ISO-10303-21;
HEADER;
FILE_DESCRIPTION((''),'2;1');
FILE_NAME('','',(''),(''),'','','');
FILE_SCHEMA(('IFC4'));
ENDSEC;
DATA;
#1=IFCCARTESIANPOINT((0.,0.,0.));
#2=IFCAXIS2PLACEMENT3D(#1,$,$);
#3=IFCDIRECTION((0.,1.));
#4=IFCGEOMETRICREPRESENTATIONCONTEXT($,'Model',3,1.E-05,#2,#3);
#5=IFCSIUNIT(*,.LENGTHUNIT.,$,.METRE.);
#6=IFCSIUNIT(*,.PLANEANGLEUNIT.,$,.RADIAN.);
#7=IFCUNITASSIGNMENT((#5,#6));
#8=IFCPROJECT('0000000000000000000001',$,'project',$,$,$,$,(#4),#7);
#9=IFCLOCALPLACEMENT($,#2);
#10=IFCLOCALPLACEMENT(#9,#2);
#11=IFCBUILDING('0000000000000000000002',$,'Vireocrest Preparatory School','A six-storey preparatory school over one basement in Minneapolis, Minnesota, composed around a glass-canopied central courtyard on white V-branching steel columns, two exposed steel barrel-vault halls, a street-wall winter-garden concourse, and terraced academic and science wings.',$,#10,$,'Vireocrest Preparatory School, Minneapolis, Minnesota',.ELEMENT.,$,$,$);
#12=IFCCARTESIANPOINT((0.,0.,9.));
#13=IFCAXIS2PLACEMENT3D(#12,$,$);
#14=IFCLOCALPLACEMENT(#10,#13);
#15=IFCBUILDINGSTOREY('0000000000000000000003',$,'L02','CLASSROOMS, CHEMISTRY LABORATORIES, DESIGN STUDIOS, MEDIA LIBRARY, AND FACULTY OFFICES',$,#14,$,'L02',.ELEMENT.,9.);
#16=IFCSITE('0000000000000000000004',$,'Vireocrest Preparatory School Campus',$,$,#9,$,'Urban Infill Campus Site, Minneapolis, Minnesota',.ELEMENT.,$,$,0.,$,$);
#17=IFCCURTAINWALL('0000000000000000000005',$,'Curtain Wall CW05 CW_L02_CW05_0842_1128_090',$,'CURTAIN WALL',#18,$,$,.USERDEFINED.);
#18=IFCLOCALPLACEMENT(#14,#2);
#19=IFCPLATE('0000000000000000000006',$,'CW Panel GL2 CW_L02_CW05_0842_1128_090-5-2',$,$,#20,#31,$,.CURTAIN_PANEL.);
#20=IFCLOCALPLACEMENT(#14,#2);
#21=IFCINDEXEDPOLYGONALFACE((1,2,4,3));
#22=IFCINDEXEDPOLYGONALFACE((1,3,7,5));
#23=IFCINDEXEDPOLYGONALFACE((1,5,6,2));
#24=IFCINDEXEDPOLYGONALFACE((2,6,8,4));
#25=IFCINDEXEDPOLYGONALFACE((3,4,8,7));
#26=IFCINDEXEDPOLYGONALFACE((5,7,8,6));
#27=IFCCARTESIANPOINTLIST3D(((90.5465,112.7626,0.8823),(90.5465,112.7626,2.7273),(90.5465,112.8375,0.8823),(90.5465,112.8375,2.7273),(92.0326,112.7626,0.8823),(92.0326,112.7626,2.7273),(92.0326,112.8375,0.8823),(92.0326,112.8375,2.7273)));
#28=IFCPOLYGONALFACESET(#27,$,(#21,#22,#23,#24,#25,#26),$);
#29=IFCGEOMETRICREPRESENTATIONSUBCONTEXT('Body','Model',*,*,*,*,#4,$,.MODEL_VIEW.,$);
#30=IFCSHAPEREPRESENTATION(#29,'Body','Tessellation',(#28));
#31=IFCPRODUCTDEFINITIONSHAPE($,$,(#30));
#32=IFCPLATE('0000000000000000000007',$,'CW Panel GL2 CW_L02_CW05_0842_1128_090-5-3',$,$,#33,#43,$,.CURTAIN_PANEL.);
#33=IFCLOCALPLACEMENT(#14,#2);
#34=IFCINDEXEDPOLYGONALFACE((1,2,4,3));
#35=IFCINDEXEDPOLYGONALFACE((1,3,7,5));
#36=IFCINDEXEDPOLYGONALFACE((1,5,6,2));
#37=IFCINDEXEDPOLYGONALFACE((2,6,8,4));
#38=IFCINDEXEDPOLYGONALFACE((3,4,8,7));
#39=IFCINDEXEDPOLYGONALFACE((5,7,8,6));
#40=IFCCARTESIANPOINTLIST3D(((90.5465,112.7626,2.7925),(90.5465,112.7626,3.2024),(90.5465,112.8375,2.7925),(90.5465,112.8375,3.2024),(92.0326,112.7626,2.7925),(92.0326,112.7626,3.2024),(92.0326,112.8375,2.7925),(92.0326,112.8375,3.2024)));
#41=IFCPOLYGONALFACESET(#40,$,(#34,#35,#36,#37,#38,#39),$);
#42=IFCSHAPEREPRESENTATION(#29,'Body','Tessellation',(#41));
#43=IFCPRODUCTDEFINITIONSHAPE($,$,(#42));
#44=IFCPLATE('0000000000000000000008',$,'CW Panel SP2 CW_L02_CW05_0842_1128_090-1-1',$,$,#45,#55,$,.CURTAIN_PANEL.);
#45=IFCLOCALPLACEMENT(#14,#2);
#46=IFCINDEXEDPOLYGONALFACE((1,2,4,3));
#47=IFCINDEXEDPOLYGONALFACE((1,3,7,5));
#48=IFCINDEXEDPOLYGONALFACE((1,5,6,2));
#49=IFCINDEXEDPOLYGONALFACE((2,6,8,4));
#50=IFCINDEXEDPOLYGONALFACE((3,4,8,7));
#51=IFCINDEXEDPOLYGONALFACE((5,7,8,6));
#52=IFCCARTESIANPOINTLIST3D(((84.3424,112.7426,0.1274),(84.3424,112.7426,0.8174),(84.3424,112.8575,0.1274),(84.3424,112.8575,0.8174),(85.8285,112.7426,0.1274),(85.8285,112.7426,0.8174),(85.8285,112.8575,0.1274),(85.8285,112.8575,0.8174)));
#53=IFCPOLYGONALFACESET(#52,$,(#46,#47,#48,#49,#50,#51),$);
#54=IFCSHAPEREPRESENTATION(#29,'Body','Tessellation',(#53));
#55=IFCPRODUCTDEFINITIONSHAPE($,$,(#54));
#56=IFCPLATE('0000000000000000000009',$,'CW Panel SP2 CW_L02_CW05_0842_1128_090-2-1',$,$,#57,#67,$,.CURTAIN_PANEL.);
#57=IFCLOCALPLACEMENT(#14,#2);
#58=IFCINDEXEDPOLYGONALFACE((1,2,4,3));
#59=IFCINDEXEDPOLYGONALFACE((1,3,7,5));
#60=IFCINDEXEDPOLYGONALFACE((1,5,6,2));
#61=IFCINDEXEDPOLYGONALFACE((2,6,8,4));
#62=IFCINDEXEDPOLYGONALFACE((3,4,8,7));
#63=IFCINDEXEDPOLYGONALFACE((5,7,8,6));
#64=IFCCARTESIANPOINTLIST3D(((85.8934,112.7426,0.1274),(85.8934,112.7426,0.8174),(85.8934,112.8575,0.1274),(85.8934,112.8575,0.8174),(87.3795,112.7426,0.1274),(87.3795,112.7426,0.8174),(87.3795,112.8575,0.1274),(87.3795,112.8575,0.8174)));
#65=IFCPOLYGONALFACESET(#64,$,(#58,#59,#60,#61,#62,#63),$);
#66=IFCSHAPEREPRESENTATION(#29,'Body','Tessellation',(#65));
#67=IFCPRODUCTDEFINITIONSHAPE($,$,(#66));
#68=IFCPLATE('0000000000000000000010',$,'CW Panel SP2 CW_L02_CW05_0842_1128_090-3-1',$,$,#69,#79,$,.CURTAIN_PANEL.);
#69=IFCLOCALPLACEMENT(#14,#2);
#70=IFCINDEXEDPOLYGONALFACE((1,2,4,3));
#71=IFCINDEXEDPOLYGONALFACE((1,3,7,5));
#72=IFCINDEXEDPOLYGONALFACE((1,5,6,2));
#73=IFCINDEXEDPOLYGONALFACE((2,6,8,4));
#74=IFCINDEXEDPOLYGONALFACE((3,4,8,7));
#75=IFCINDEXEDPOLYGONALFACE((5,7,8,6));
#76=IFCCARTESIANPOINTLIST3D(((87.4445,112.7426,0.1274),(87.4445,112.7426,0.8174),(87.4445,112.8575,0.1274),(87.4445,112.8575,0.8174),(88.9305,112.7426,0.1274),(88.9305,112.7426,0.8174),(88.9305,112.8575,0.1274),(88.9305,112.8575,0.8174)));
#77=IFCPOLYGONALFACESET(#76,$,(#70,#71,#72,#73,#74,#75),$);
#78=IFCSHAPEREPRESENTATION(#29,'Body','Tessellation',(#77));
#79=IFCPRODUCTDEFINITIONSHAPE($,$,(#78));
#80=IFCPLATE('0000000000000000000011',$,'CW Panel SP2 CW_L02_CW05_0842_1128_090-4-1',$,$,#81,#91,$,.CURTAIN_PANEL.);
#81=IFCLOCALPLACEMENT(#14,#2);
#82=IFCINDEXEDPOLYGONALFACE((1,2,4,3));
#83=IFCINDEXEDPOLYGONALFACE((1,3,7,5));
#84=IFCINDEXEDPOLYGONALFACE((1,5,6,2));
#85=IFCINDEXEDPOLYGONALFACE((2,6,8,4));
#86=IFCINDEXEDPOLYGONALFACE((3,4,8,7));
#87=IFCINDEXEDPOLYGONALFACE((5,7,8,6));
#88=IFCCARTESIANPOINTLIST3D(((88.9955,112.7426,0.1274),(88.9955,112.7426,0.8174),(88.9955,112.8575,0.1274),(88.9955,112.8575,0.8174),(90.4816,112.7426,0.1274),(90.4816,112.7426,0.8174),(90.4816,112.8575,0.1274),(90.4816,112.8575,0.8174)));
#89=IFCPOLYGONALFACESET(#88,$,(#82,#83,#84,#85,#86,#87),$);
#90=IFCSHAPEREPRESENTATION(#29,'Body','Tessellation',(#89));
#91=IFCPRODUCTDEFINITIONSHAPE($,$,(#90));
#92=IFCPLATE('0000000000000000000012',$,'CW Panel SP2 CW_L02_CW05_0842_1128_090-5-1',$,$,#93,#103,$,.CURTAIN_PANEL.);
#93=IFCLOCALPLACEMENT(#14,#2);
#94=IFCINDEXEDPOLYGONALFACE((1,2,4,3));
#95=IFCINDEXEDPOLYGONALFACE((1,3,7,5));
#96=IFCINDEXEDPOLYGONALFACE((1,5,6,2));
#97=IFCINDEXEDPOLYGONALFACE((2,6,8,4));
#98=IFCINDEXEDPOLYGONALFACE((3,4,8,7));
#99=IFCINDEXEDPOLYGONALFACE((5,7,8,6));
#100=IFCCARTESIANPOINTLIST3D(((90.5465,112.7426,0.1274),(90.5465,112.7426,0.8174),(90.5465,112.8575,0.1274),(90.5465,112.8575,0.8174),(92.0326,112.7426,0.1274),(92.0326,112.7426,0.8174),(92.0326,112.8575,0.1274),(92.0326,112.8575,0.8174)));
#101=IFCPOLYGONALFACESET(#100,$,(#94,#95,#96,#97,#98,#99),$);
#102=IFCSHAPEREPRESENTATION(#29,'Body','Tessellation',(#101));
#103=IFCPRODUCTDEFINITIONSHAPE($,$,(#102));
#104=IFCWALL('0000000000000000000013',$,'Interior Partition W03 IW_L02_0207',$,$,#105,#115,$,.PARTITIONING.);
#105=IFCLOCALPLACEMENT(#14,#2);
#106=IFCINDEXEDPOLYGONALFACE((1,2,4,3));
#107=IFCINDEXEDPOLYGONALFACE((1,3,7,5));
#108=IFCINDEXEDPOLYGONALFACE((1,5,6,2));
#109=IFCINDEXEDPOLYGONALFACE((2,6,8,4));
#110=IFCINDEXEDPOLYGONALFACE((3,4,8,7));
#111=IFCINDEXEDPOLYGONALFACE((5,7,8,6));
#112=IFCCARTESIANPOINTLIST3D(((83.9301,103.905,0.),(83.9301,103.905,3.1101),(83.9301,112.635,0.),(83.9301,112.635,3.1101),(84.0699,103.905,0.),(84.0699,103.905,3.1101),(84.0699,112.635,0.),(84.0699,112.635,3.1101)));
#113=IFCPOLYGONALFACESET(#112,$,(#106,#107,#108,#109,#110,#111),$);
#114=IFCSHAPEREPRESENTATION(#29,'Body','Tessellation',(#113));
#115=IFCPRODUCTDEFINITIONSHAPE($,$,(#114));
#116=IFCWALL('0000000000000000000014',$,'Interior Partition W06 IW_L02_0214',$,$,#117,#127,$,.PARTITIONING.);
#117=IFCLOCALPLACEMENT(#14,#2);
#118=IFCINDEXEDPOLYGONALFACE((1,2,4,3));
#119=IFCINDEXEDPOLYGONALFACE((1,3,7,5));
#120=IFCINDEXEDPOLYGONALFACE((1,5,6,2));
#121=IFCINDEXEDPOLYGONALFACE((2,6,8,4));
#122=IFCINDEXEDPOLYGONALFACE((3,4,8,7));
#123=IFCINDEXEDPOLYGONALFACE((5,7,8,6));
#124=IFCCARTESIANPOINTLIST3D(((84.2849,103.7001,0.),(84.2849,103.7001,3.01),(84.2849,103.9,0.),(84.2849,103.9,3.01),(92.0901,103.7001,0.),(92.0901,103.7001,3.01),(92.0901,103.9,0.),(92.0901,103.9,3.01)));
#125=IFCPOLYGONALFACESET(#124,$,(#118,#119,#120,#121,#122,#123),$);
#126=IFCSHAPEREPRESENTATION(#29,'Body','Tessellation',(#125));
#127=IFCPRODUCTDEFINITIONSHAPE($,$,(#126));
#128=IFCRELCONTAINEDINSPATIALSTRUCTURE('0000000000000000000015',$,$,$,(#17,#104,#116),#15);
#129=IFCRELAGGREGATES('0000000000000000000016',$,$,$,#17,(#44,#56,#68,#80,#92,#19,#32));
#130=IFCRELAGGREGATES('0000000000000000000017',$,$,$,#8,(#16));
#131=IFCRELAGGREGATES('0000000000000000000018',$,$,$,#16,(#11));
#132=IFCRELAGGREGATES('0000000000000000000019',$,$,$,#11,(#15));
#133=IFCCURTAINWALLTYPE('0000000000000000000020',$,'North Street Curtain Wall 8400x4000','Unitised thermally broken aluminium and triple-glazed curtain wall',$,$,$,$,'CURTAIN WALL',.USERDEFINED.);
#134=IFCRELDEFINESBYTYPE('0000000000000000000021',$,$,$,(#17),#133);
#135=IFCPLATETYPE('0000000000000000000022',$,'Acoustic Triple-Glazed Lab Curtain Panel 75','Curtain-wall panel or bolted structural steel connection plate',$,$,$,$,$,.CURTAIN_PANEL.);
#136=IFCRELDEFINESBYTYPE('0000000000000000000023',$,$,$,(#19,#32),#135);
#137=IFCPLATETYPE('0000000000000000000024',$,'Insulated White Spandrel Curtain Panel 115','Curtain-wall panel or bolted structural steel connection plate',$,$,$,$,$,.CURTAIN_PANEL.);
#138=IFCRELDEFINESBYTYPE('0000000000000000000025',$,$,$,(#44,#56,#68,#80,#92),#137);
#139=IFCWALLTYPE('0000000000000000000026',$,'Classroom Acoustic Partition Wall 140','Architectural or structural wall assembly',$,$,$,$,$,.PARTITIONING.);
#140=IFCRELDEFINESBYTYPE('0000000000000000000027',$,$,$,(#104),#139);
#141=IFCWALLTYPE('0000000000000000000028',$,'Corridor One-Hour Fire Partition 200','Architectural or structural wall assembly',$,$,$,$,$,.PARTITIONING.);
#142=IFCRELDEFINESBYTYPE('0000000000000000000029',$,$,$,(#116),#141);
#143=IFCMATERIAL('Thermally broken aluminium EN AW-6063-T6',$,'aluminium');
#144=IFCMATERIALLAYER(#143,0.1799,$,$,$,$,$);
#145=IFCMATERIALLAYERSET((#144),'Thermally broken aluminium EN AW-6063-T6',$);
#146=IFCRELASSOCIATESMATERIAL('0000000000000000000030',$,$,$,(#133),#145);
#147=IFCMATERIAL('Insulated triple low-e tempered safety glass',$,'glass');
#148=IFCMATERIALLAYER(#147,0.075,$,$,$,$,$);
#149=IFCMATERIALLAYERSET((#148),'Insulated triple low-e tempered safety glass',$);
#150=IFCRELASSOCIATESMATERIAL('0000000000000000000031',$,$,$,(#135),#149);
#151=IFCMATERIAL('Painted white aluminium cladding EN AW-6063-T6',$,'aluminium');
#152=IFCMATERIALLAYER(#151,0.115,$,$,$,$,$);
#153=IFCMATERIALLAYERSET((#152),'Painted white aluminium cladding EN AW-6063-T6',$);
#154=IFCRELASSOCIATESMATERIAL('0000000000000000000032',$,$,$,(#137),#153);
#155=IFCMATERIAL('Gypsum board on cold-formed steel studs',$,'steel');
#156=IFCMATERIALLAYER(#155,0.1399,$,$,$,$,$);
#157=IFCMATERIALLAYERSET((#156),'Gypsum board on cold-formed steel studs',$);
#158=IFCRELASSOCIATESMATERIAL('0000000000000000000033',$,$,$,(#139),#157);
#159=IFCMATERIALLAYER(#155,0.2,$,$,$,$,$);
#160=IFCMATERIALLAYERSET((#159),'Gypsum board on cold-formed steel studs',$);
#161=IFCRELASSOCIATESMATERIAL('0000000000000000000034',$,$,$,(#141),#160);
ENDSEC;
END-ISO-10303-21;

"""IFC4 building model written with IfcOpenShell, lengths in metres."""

from ifc_helpers import new_model, si_unit, direction, frame, frame_2d, origin, origin_2d, place, context, subcontext, project, spatial, rectangle, extrude, material, layer, layer_set, type_object, element, aggregate, save


model = new_model("IFC4")

# Units and contexts
model_context = context("Model", 3, precision=1e-05, world=origin(), true_north=direction((0.0, 1.0)))
body_context = subcontext(model_context, "Body", "Model", "MODEL_VIEW")
ifc_project = project(units=[si_unit("LENGTHUNIT", "METRE"), si_unit("PLANEANGLEUNIT", "RADIAN")], contexts=[model_context])

# Site, building, storey
site_placement = place(None, origin())
site = spatial("IfcSite", under=ifc_project, at=site_placement, Name="Vireocrest Preparatory School Campus", LongName="Urban Infill Campus Site, Minneapolis, Minnesota", CompositionType="ELEMENT", RefElevation=0.0)
building_placement = place(site_placement, origin())
building = spatial("IfcBuilding", under=site, at=building_placement, Name="Vireocrest Preparatory School", Description="A six-storey preparatory school over one basement in Minneapolis, Minnesota, composed around a glass-canopied central courtyard on white V-branching steel columns, two exposed steel barrel-vault halls, a street-wall winter-garden concourse, and terraced academic and science wings.", LongName="Vireocrest Preparatory School, Minneapolis, Minnesota", CompositionType="ELEMENT")
storey_placement = place(building_placement, frame((0.0, 0.0, 9.0)))
storey = spatial("IfcBuildingStorey", under=building, at=storey_placement, Name="L02", Description="CLASSROOMS, CHEMISTRY LABORATORIES, DESIGN STUDIOS, MEDIA LIBRARY, AND FACULTY OFFICES", LongName="L02", CompositionType="ELEMENT", Elevation=9.0)

# Curtain wall
ifc_material_1 = material(Name="Thermally broken aluminium EN AW-6063-T6", Category="aluminium")
ifc_layer_1 = layer(ifc_material_1, 0.1799)
ifc_layer_set_1 = layer_set([ifc_layer_1], Name="Thermally broken aluminium EN AW-6063-T6")
curtain_wall_type = type_object("IfcCurtainWallType", Name="North Street Curtain Wall 8400x4000", Description="Unitised thermally broken aluminium and triple-glazed curtain wall", ElementType="CURTAIN WALL", PredefinedType="USERDEFINED", material=ifc_layer_set_1)
curtain_wall_placement = place(storey_placement, origin())
curtain_wall = element("IfcCurtainWall", 1, at=curtain_wall_placement, inside=storey, type_object=curtain_wall_type, Name="Curtain Wall CW05 CW_L02_CW05_0842_1128_090", ObjectType="CURTAIN WALL", PredefinedType="USERDEFINED")

# Plates
ifc_material_2 = material(Name="Insulated triple low-e tempered safety glass", Category="glass")
ifc_layer_2 = layer(ifc_material_2, 0.075)
ifc_layer_set_2 = layer_set([ifc_layer_2], Name="Insulated triple low-e tempered safety glass")
plate_type_1 = type_object("IfcPlateType", Name="Acoustic Triple-Glazed Lab Curtain Panel 75", Description="Curtain-wall panel or bolted structural steel connection plate", PredefinedType="CURTAIN_PANEL", material=ifc_layer_set_2)
plate_1_placement = place(storey_placement, frame((91.2896, 112.8, 0.8823), z_axis=(0.0, 0.0, 1.0), x_axis=(1.0, 0.0, 0.0)))
plate_1 = element("IfcPlate", 2, at=plate_1_placement, type_object=plate_type_1, Name="CW Panel GL2 CW_L02_CW05_0842_1128_090-5-2", PredefinedType="CURTAIN_PANEL", context=body_context, shape_type="SweptSolid", body=[
    extrude(rectangle(XDim=1.4861, YDim=0.075, at=origin_2d()), origin(), (0.0, 0.0, 1.0), 1.845),
])
plate_2_placement = place(storey_placement, frame((91.2896, 112.8, 2.7925), z_axis=(0.0, 0.0, 1.0), x_axis=(1.0, 0.0, 0.0)))
plate_2 = element("IfcPlate", 3, at=plate_2_placement, type_object=plate_type_1, Name="CW Panel GL2 CW_L02_CW05_0842_1128_090-5-3", PredefinedType="CURTAIN_PANEL", context=body_context, shape_type="SweptSolid", body=[
    extrude(rectangle(XDim=1.4861, YDim=0.075, at=origin_2d()), origin(), (0.0, 0.0, 1.0), 0.4099),
])
ifc_material_3 = material(Name="Painted white aluminium cladding EN AW-6063-T6", Category="aluminium")
ifc_layer_3 = layer(ifc_material_3, 0.115)
ifc_layer_set_3 = layer_set([ifc_layer_3], Name="Painted white aluminium cladding EN AW-6063-T6")
plate_type_2 = type_object("IfcPlateType", Name="Insulated White Spandrel Curtain Panel 115", Description="Curtain-wall panel or bolted structural steel connection plate", PredefinedType="CURTAIN_PANEL", material=ifc_layer_set_3)
plate_3_placement = place(storey_placement, frame((85.0854, 112.8, 0.1274), z_axis=(0.0, 0.0, 1.0), x_axis=(1.0, 0.0, 0.0)))
plate_3 = element("IfcPlate", 4, at=plate_3_placement, type_object=plate_type_2, Name="CW Panel SP2 CW_L02_CW05_0842_1128_090-1-1", PredefinedType="CURTAIN_PANEL", context=body_context, shape_type="SweptSolid", body=[
    extrude(rectangle(XDim=1.4861, YDim=0.115, at=origin_2d()), origin(), (0.0, 0.0, 1.0), 0.6899),
])
plate_4_placement = place(storey_placement, frame((86.6365, 112.8, 0.1274), z_axis=(0.0, 0.0, 1.0), x_axis=(1.0, 0.0, 0.0)))
plate_4 = element("IfcPlate", 5, at=plate_4_placement, type_object=plate_type_2, Name="CW Panel SP2 CW_L02_CW05_0842_1128_090-2-1", PredefinedType="CURTAIN_PANEL", context=body_context, shape_type="SweptSolid", body=[
    extrude(rectangle(XDim=1.4861, YDim=0.115, at=origin_2d()), origin(), (0.0, 0.0, 1.0), 0.6899),
])
plate_5_placement = place(storey_placement, frame((88.1875, 112.8, 0.1274), z_axis=(0.0, 0.0, 1.0), x_axis=(1.0, 0.0, 0.0)))
plate_5 = element("IfcPlate", 6, at=plate_5_placement, type_object=plate_type_2, Name="CW Panel SP2 CW_L02_CW05_0842_1128_090-3-1", PredefinedType="CURTAIN_PANEL", context=body_context, shape_type="SweptSolid", body=[
    extrude(rectangle(XDim=1.4861, YDim=0.115, at=origin_2d()), origin(), (0.0, 0.0, 1.0), 0.6899),
])
plate_6_placement = place(storey_placement, frame((89.7385, 112.8, 0.1274), z_axis=(0.0, 0.0, 1.0), x_axis=(1.0, 0.0, 0.0)))
plate_6 = element("IfcPlate", 7, at=plate_6_placement, type_object=plate_type_2, Name="CW Panel SP2 CW_L02_CW05_0842_1128_090-4-1", PredefinedType="CURTAIN_PANEL", context=body_context, shape_type="SweptSolid", body=[
    extrude(rectangle(XDim=1.4861, YDim=0.115, at=origin_2d()), origin(), (0.0, 0.0, 1.0), 0.6899),
])
plate_7_placement = place(storey_placement, frame((91.2896, 112.8, 0.1274), z_axis=(0.0, 0.0, 1.0), x_axis=(1.0, 0.0, 0.0)))
plate_7 = element("IfcPlate", 8, at=plate_7_placement, type_object=plate_type_2, Name="CW Panel SP2 CW_L02_CW05_0842_1128_090-5-1", PredefinedType="CURTAIN_PANEL", context=body_context, shape_type="SweptSolid", body=[
    extrude(rectangle(XDim=1.4861, YDim=0.115, at=origin_2d()), origin(), (0.0, 0.0, 1.0), 0.6899),
])
aggregate(curtain_wall, [plate_3, plate_4, plate_5, plate_6, plate_7, plate_1, plate_2])

# Walls
ifc_material_4 = material(Name="Gypsum board on cold-formed steel studs", Category="steel")
ifc_layer_4 = layer(ifc_material_4, 0.1399)
ifc_layer_set_4 = layer_set([ifc_layer_4], Name="Gypsum board on cold-formed steel studs")
wall_type_1 = type_object("IfcWallType", Name="Classroom Acoustic Partition Wall 140", Description="Architectural or structural wall assembly", PredefinedType="PARTITIONING", material=ifc_layer_set_4)
wall_1_placement = place(storey_placement, frame((84.0, 103.905, 0.0), z_axis=(0.0, 0.0, 1.0), x_axis=(0.0, 1.0, 0.0)))
element("IfcWall", 9, at=wall_1_placement, inside=storey, type_object=wall_type_1, Name="Interior Partition W03 IW_L02_0207", PredefinedType="PARTITIONING", context=body_context, shape_type="SweptSolid", body=[
    extrude(rectangle(XDim=8.73, YDim=0.1399, at=frame_2d((4.365, 0.0))), origin(), (0.0, 0.0, 1.0), 3.1101),
])
ifc_layer_5 = layer(ifc_material_4, 0.2)
ifc_layer_set_5 = layer_set([ifc_layer_5], Name="Gypsum board on cold-formed steel studs")
wall_type_2 = type_object("IfcWallType", Name="Corridor One-Hour Fire Partition 200", Description="Architectural or structural wall assembly", PredefinedType="PARTITIONING", material=ifc_layer_set_5)
wall_2_placement = place(storey_placement, frame((84.2849, 103.8, 0.0), z_axis=(0.0, 0.0, 1.0), x_axis=(1.0, 0.0, 0.0)))
element("IfcWall", 10, at=wall_2_placement, inside=storey, type_object=wall_type_2, Name="Interior Partition W06 IW_L02_0214", PredefinedType="PARTITIONING", context=body_context, shape_type="SweptSolid", body=[
    extrude(rectangle(XDim=7.8052, YDim=0.2, at=frame_2d((3.9026, 0.0))), origin(), (0.0, 0.0, 1.0), 3.01),
])

save(model, "model.ifc")
